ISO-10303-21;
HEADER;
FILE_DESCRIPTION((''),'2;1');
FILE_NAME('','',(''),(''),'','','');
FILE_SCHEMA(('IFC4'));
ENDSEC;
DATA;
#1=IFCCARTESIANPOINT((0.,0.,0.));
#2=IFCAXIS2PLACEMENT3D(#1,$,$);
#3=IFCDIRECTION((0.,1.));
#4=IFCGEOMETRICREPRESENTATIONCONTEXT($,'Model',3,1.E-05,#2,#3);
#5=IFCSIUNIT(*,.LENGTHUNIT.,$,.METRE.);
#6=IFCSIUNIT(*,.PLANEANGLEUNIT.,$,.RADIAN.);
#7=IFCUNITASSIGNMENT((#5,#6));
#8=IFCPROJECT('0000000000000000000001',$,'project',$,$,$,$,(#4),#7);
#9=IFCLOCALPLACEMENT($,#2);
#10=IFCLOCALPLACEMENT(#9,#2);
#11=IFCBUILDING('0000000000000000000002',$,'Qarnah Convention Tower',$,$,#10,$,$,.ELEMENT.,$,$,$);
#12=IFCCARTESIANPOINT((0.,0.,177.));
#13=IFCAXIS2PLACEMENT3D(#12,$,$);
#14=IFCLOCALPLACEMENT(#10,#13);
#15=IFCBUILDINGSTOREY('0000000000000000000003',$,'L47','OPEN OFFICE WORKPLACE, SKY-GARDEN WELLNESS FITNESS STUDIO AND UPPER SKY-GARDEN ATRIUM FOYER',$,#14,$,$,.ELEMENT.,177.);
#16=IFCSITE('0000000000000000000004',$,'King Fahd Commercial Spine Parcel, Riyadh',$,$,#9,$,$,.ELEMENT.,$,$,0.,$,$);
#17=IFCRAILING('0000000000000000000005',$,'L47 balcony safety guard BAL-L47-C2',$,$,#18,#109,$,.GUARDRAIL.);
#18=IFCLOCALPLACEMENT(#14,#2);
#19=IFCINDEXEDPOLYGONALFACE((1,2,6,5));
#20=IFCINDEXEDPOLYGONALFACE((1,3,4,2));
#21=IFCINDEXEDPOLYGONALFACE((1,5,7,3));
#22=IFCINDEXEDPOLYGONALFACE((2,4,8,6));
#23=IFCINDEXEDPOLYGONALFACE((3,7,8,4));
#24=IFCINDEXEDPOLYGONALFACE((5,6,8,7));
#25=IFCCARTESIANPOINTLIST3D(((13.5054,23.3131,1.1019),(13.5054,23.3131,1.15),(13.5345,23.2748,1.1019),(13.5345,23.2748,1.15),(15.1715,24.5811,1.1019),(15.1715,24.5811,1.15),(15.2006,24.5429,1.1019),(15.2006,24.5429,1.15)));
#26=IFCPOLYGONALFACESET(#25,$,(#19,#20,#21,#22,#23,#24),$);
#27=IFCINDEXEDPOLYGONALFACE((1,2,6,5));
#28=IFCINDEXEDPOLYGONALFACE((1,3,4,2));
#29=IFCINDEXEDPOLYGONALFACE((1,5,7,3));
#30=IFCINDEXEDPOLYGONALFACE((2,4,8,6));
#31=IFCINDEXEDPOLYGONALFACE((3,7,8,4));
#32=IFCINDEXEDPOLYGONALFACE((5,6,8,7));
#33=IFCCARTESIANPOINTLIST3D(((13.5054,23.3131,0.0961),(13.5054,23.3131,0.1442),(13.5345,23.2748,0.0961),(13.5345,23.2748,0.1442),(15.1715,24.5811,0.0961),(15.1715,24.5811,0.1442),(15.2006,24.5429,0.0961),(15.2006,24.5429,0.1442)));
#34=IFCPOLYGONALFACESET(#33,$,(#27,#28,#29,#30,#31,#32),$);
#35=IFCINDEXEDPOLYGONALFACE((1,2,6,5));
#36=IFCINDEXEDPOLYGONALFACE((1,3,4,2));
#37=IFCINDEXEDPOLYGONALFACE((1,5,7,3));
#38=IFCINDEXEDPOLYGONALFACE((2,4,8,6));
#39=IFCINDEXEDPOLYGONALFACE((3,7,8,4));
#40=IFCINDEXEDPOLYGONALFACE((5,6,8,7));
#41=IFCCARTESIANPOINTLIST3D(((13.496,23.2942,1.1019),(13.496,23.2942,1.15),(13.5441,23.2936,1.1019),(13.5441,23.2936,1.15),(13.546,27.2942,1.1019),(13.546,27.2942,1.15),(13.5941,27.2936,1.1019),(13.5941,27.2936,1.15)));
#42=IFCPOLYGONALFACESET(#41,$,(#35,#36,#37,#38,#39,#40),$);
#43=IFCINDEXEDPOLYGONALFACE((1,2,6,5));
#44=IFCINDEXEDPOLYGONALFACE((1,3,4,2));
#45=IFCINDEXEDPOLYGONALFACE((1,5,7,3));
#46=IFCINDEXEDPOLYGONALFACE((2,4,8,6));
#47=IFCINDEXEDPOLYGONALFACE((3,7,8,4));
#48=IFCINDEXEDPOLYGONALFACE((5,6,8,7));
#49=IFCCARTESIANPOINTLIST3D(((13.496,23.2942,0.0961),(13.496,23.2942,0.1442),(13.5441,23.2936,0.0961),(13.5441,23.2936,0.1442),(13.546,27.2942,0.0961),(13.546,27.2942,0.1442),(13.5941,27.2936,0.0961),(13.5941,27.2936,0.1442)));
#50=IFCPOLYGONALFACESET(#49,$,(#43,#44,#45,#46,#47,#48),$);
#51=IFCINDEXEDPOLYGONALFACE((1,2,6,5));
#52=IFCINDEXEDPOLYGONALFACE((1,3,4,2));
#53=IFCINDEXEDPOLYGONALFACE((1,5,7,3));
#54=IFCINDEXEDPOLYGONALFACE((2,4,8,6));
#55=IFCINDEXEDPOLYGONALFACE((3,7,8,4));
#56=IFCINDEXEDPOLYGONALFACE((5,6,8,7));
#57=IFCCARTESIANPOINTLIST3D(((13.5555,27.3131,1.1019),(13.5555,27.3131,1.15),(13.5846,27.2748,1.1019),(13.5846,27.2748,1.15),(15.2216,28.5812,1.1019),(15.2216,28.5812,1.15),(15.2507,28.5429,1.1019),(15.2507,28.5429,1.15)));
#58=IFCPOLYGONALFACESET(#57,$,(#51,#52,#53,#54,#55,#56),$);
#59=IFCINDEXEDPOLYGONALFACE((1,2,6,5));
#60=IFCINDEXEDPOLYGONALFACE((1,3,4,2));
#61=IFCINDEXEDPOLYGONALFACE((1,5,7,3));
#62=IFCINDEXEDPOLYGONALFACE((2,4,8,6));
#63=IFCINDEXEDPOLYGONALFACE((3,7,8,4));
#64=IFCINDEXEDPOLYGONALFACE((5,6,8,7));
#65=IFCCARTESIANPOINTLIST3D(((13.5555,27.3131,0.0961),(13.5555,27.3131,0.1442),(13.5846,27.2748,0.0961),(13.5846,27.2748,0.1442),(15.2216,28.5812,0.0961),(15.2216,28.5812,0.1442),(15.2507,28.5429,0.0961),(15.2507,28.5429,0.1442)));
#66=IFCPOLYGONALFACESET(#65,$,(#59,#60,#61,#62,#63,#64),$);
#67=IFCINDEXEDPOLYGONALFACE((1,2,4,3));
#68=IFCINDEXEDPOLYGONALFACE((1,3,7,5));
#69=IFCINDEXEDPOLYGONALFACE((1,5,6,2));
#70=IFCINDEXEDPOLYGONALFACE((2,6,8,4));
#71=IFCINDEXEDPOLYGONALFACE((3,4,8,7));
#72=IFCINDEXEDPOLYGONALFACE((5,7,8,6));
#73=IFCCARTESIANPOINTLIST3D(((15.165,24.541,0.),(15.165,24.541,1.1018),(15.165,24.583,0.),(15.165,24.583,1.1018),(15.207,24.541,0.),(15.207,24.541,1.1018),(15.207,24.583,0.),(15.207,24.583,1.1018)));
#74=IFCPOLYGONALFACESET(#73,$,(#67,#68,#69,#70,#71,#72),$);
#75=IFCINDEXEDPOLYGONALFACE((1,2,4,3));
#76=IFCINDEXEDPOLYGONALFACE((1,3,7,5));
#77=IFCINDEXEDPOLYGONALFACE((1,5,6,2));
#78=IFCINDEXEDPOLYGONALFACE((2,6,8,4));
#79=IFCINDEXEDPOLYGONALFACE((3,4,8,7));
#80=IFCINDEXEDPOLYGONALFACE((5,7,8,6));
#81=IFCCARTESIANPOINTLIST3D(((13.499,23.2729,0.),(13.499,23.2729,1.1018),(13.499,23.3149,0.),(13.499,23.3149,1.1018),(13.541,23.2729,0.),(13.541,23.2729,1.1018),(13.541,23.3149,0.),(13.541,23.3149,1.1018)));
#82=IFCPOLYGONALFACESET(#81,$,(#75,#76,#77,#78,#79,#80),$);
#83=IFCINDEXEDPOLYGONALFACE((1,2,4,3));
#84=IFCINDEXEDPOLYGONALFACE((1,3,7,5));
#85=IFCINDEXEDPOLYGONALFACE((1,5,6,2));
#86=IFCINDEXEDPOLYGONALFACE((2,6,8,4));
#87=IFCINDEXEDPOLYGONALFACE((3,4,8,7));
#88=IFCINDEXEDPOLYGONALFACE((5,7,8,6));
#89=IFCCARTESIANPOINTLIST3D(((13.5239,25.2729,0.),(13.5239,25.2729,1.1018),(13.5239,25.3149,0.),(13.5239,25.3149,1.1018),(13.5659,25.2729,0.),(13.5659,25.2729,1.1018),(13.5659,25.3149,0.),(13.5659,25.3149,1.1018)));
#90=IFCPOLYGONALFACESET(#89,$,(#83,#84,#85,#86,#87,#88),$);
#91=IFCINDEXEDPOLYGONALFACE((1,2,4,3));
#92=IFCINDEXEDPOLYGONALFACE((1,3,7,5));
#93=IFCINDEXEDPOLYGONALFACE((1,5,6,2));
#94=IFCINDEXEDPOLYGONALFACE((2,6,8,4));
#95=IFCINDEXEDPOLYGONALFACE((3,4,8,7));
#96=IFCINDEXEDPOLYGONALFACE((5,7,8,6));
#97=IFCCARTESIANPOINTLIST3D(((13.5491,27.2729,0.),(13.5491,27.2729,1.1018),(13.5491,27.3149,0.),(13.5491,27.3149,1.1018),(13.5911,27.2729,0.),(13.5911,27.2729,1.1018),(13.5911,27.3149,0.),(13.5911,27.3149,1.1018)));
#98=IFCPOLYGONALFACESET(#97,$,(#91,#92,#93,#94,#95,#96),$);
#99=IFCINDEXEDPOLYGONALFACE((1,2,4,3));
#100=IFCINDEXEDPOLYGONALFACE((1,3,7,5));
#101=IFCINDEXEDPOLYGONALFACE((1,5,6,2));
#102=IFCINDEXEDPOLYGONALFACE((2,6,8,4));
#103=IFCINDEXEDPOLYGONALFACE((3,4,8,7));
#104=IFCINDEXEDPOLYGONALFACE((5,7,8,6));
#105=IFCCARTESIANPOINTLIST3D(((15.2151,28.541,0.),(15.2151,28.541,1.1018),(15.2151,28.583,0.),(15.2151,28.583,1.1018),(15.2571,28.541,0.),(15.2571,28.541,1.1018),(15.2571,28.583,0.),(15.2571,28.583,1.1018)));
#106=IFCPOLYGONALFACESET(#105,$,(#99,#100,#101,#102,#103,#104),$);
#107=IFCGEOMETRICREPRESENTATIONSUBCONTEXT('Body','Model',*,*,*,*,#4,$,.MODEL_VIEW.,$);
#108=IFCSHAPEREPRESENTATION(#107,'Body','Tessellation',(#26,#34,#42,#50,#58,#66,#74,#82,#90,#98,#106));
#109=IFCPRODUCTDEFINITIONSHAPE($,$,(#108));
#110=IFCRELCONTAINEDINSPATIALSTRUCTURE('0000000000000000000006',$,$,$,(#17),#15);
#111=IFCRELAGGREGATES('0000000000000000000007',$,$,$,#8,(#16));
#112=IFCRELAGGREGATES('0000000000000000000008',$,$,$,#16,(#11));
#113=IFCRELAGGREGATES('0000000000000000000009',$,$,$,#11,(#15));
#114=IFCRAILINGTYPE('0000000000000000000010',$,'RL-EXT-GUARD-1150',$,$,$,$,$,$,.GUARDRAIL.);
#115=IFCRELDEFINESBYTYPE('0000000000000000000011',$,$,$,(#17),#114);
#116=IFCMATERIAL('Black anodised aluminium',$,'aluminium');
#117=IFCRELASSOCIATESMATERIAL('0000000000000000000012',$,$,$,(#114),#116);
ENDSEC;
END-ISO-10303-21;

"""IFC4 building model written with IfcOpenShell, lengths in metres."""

from ifc_helpers import new_model, si_unit, direction, frame, origin, origin_2d, place, context, subcontext, project, spatial, rectangle, extrude, material, type_object, element, save


model = new_model("IFC4")

# Units and contexts
model_context = context("Model", 3, precision=1e-05, world=origin(), true_north=direction((0.0, 1.0)))
body_context = subcontext(model_context, "Body", "Model", "MODEL_VIEW")
ifc_project = project(units=[si_unit("LENGTHUNIT", "METRE"), si_unit("PLANEANGLEUNIT", "RADIAN")], contexts=[model_context])

# Site, building, storey
site_placement = place(None, origin())
site = spatial("IfcSite", under=ifc_project, at=site_placement, Name="King Fahd Commercial Spine Parcel, Riyadh", CompositionType="ELEMENT", RefElevation=0.0)
building_placement = place(site_placement, origin())
building = spatial("IfcBuilding", under=site, at=building_placement, Name="Qarnah Convention Tower", CompositionType="ELEMENT")
storey_placement = place(building_placement, frame((0.0, 0.0, 177.0)))
storey = spatial("IfcBuildingStorey", under=building, at=storey_placement, Name="L47", Description="OPEN OFFICE WORKPLACE, SKY-GARDEN WELLNESS FITNESS STUDIO AND UPPER SKY-GARDEN ATRIUM FOYER", CompositionType="ELEMENT", Elevation=177.0)

# Shared definitions
ifc_material_1 = material(Name="Black anodised aluminium", Category="aluminium")

# Railing
railing_type = type_object("IfcRailingType", Name="RL-EXT-GUARD-1150", PredefinedType="GUARDRAIL", material=ifc_material_1)
railing_placement = place(storey_placement, frame((15.186, 24.562, 0.0)))
element("IfcRailing", 1, at=railing_placement, inside=storey, type_object=railing_type, Name="L47 balcony safety guard BAL-L47-C2", PredefinedType="GUARDRAIL", context=body_context, shape_type="SweptSolid", body=[
    extrude(rectangle(XDim=0.0481, YDim=0.0481, at=origin_2d()), frame((0.0, 0.0, 1.126), z_axis=(-0.795726, -0.605657, 0.0), x_axis=(0.605657, -0.795726, 0.0)), (0.0, 0.0, 1.0), 2.0938),
    extrude(rectangle(XDim=0.0481, YDim=0.0481, at=origin_2d()), frame((0.0, 0.0, 0.1201), z_axis=(-0.795726, -0.605657, 0.0), x_axis=(0.605657, -0.795726, 0.0)), (0.0, 0.0, 1.0), 2.0938),
    extrude(rectangle(XDim=0.0481, YDim=0.0481, at=origin_2d()), frame((-1.666, -1.2681, 1.126), z_axis=(0.012511, 0.999922, 0.0), x_axis=(-0.999922, 0.012511, 0.0)), (0.0, 0.0, 1.0), 4.0002),
    extrude(rectangle(XDim=0.0481, YDim=0.0481, at=origin_2d()), frame((-1.666, -1.2681, 0.1201), z_axis=(0.012511, 0.999922, 0.0), x_axis=(-0.999922, 0.012511, 0.0)), (0.0, 0.0, 1.0), 4.0002),
    extrude(rectangle(XDim=0.0481, YDim=0.0481, at=origin_2d()), frame((-1.616, 2.7319, 1.126), z_axis=(0.795726, 0.605657, 0.0), x_axis=(-0.605657, 0.795726, 0.0)), (0.0, 0.0, 1.0), 2.0938),
    extrude(rectangle(XDim=0.0481, YDim=0.0481, at=origin_2d()), frame((-1.616, 2.7319, 0.1201), z_axis=(0.795726, 0.605657, 0.0), x_axis=(-0.605657, 0.795726, 0.0)), (0.0, 0.0, 1.0), 2.0938),
    extrude(rectangle(XDim=0.042, YDim=0.042, at=origin_2d()), origin(), (0.0, 0.0, 1.0), 1.1018),
    extrude(rectangle(XDim=0.042, YDim=0.042, at=origin_2d()), frame((-1.666, -1.2681, 0.0)), (0.0, 0.0, 1.0), 1.1018),
    extrude(rectangle(XDim=0.042, YDim=0.042, at=origin_2d()), frame((-1.6411, 0.7319, 0.0)), (0.0, 0.0, 1.0), 1.1018),
    extrude(rectangle(XDim=0.042, YDim=0.042, at=origin_2d()), frame((-1.616, 2.7319, 0.0)), (0.0, 0.0, 1.0), 1.1018),
    extrude(rectangle(XDim=0.042, YDim=0.042, at=origin_2d()), frame((0.05, 4.0, 0.0)), (0.0, 0.0, 1.0), 1.1018),
])

save(model, "model.ifc")
